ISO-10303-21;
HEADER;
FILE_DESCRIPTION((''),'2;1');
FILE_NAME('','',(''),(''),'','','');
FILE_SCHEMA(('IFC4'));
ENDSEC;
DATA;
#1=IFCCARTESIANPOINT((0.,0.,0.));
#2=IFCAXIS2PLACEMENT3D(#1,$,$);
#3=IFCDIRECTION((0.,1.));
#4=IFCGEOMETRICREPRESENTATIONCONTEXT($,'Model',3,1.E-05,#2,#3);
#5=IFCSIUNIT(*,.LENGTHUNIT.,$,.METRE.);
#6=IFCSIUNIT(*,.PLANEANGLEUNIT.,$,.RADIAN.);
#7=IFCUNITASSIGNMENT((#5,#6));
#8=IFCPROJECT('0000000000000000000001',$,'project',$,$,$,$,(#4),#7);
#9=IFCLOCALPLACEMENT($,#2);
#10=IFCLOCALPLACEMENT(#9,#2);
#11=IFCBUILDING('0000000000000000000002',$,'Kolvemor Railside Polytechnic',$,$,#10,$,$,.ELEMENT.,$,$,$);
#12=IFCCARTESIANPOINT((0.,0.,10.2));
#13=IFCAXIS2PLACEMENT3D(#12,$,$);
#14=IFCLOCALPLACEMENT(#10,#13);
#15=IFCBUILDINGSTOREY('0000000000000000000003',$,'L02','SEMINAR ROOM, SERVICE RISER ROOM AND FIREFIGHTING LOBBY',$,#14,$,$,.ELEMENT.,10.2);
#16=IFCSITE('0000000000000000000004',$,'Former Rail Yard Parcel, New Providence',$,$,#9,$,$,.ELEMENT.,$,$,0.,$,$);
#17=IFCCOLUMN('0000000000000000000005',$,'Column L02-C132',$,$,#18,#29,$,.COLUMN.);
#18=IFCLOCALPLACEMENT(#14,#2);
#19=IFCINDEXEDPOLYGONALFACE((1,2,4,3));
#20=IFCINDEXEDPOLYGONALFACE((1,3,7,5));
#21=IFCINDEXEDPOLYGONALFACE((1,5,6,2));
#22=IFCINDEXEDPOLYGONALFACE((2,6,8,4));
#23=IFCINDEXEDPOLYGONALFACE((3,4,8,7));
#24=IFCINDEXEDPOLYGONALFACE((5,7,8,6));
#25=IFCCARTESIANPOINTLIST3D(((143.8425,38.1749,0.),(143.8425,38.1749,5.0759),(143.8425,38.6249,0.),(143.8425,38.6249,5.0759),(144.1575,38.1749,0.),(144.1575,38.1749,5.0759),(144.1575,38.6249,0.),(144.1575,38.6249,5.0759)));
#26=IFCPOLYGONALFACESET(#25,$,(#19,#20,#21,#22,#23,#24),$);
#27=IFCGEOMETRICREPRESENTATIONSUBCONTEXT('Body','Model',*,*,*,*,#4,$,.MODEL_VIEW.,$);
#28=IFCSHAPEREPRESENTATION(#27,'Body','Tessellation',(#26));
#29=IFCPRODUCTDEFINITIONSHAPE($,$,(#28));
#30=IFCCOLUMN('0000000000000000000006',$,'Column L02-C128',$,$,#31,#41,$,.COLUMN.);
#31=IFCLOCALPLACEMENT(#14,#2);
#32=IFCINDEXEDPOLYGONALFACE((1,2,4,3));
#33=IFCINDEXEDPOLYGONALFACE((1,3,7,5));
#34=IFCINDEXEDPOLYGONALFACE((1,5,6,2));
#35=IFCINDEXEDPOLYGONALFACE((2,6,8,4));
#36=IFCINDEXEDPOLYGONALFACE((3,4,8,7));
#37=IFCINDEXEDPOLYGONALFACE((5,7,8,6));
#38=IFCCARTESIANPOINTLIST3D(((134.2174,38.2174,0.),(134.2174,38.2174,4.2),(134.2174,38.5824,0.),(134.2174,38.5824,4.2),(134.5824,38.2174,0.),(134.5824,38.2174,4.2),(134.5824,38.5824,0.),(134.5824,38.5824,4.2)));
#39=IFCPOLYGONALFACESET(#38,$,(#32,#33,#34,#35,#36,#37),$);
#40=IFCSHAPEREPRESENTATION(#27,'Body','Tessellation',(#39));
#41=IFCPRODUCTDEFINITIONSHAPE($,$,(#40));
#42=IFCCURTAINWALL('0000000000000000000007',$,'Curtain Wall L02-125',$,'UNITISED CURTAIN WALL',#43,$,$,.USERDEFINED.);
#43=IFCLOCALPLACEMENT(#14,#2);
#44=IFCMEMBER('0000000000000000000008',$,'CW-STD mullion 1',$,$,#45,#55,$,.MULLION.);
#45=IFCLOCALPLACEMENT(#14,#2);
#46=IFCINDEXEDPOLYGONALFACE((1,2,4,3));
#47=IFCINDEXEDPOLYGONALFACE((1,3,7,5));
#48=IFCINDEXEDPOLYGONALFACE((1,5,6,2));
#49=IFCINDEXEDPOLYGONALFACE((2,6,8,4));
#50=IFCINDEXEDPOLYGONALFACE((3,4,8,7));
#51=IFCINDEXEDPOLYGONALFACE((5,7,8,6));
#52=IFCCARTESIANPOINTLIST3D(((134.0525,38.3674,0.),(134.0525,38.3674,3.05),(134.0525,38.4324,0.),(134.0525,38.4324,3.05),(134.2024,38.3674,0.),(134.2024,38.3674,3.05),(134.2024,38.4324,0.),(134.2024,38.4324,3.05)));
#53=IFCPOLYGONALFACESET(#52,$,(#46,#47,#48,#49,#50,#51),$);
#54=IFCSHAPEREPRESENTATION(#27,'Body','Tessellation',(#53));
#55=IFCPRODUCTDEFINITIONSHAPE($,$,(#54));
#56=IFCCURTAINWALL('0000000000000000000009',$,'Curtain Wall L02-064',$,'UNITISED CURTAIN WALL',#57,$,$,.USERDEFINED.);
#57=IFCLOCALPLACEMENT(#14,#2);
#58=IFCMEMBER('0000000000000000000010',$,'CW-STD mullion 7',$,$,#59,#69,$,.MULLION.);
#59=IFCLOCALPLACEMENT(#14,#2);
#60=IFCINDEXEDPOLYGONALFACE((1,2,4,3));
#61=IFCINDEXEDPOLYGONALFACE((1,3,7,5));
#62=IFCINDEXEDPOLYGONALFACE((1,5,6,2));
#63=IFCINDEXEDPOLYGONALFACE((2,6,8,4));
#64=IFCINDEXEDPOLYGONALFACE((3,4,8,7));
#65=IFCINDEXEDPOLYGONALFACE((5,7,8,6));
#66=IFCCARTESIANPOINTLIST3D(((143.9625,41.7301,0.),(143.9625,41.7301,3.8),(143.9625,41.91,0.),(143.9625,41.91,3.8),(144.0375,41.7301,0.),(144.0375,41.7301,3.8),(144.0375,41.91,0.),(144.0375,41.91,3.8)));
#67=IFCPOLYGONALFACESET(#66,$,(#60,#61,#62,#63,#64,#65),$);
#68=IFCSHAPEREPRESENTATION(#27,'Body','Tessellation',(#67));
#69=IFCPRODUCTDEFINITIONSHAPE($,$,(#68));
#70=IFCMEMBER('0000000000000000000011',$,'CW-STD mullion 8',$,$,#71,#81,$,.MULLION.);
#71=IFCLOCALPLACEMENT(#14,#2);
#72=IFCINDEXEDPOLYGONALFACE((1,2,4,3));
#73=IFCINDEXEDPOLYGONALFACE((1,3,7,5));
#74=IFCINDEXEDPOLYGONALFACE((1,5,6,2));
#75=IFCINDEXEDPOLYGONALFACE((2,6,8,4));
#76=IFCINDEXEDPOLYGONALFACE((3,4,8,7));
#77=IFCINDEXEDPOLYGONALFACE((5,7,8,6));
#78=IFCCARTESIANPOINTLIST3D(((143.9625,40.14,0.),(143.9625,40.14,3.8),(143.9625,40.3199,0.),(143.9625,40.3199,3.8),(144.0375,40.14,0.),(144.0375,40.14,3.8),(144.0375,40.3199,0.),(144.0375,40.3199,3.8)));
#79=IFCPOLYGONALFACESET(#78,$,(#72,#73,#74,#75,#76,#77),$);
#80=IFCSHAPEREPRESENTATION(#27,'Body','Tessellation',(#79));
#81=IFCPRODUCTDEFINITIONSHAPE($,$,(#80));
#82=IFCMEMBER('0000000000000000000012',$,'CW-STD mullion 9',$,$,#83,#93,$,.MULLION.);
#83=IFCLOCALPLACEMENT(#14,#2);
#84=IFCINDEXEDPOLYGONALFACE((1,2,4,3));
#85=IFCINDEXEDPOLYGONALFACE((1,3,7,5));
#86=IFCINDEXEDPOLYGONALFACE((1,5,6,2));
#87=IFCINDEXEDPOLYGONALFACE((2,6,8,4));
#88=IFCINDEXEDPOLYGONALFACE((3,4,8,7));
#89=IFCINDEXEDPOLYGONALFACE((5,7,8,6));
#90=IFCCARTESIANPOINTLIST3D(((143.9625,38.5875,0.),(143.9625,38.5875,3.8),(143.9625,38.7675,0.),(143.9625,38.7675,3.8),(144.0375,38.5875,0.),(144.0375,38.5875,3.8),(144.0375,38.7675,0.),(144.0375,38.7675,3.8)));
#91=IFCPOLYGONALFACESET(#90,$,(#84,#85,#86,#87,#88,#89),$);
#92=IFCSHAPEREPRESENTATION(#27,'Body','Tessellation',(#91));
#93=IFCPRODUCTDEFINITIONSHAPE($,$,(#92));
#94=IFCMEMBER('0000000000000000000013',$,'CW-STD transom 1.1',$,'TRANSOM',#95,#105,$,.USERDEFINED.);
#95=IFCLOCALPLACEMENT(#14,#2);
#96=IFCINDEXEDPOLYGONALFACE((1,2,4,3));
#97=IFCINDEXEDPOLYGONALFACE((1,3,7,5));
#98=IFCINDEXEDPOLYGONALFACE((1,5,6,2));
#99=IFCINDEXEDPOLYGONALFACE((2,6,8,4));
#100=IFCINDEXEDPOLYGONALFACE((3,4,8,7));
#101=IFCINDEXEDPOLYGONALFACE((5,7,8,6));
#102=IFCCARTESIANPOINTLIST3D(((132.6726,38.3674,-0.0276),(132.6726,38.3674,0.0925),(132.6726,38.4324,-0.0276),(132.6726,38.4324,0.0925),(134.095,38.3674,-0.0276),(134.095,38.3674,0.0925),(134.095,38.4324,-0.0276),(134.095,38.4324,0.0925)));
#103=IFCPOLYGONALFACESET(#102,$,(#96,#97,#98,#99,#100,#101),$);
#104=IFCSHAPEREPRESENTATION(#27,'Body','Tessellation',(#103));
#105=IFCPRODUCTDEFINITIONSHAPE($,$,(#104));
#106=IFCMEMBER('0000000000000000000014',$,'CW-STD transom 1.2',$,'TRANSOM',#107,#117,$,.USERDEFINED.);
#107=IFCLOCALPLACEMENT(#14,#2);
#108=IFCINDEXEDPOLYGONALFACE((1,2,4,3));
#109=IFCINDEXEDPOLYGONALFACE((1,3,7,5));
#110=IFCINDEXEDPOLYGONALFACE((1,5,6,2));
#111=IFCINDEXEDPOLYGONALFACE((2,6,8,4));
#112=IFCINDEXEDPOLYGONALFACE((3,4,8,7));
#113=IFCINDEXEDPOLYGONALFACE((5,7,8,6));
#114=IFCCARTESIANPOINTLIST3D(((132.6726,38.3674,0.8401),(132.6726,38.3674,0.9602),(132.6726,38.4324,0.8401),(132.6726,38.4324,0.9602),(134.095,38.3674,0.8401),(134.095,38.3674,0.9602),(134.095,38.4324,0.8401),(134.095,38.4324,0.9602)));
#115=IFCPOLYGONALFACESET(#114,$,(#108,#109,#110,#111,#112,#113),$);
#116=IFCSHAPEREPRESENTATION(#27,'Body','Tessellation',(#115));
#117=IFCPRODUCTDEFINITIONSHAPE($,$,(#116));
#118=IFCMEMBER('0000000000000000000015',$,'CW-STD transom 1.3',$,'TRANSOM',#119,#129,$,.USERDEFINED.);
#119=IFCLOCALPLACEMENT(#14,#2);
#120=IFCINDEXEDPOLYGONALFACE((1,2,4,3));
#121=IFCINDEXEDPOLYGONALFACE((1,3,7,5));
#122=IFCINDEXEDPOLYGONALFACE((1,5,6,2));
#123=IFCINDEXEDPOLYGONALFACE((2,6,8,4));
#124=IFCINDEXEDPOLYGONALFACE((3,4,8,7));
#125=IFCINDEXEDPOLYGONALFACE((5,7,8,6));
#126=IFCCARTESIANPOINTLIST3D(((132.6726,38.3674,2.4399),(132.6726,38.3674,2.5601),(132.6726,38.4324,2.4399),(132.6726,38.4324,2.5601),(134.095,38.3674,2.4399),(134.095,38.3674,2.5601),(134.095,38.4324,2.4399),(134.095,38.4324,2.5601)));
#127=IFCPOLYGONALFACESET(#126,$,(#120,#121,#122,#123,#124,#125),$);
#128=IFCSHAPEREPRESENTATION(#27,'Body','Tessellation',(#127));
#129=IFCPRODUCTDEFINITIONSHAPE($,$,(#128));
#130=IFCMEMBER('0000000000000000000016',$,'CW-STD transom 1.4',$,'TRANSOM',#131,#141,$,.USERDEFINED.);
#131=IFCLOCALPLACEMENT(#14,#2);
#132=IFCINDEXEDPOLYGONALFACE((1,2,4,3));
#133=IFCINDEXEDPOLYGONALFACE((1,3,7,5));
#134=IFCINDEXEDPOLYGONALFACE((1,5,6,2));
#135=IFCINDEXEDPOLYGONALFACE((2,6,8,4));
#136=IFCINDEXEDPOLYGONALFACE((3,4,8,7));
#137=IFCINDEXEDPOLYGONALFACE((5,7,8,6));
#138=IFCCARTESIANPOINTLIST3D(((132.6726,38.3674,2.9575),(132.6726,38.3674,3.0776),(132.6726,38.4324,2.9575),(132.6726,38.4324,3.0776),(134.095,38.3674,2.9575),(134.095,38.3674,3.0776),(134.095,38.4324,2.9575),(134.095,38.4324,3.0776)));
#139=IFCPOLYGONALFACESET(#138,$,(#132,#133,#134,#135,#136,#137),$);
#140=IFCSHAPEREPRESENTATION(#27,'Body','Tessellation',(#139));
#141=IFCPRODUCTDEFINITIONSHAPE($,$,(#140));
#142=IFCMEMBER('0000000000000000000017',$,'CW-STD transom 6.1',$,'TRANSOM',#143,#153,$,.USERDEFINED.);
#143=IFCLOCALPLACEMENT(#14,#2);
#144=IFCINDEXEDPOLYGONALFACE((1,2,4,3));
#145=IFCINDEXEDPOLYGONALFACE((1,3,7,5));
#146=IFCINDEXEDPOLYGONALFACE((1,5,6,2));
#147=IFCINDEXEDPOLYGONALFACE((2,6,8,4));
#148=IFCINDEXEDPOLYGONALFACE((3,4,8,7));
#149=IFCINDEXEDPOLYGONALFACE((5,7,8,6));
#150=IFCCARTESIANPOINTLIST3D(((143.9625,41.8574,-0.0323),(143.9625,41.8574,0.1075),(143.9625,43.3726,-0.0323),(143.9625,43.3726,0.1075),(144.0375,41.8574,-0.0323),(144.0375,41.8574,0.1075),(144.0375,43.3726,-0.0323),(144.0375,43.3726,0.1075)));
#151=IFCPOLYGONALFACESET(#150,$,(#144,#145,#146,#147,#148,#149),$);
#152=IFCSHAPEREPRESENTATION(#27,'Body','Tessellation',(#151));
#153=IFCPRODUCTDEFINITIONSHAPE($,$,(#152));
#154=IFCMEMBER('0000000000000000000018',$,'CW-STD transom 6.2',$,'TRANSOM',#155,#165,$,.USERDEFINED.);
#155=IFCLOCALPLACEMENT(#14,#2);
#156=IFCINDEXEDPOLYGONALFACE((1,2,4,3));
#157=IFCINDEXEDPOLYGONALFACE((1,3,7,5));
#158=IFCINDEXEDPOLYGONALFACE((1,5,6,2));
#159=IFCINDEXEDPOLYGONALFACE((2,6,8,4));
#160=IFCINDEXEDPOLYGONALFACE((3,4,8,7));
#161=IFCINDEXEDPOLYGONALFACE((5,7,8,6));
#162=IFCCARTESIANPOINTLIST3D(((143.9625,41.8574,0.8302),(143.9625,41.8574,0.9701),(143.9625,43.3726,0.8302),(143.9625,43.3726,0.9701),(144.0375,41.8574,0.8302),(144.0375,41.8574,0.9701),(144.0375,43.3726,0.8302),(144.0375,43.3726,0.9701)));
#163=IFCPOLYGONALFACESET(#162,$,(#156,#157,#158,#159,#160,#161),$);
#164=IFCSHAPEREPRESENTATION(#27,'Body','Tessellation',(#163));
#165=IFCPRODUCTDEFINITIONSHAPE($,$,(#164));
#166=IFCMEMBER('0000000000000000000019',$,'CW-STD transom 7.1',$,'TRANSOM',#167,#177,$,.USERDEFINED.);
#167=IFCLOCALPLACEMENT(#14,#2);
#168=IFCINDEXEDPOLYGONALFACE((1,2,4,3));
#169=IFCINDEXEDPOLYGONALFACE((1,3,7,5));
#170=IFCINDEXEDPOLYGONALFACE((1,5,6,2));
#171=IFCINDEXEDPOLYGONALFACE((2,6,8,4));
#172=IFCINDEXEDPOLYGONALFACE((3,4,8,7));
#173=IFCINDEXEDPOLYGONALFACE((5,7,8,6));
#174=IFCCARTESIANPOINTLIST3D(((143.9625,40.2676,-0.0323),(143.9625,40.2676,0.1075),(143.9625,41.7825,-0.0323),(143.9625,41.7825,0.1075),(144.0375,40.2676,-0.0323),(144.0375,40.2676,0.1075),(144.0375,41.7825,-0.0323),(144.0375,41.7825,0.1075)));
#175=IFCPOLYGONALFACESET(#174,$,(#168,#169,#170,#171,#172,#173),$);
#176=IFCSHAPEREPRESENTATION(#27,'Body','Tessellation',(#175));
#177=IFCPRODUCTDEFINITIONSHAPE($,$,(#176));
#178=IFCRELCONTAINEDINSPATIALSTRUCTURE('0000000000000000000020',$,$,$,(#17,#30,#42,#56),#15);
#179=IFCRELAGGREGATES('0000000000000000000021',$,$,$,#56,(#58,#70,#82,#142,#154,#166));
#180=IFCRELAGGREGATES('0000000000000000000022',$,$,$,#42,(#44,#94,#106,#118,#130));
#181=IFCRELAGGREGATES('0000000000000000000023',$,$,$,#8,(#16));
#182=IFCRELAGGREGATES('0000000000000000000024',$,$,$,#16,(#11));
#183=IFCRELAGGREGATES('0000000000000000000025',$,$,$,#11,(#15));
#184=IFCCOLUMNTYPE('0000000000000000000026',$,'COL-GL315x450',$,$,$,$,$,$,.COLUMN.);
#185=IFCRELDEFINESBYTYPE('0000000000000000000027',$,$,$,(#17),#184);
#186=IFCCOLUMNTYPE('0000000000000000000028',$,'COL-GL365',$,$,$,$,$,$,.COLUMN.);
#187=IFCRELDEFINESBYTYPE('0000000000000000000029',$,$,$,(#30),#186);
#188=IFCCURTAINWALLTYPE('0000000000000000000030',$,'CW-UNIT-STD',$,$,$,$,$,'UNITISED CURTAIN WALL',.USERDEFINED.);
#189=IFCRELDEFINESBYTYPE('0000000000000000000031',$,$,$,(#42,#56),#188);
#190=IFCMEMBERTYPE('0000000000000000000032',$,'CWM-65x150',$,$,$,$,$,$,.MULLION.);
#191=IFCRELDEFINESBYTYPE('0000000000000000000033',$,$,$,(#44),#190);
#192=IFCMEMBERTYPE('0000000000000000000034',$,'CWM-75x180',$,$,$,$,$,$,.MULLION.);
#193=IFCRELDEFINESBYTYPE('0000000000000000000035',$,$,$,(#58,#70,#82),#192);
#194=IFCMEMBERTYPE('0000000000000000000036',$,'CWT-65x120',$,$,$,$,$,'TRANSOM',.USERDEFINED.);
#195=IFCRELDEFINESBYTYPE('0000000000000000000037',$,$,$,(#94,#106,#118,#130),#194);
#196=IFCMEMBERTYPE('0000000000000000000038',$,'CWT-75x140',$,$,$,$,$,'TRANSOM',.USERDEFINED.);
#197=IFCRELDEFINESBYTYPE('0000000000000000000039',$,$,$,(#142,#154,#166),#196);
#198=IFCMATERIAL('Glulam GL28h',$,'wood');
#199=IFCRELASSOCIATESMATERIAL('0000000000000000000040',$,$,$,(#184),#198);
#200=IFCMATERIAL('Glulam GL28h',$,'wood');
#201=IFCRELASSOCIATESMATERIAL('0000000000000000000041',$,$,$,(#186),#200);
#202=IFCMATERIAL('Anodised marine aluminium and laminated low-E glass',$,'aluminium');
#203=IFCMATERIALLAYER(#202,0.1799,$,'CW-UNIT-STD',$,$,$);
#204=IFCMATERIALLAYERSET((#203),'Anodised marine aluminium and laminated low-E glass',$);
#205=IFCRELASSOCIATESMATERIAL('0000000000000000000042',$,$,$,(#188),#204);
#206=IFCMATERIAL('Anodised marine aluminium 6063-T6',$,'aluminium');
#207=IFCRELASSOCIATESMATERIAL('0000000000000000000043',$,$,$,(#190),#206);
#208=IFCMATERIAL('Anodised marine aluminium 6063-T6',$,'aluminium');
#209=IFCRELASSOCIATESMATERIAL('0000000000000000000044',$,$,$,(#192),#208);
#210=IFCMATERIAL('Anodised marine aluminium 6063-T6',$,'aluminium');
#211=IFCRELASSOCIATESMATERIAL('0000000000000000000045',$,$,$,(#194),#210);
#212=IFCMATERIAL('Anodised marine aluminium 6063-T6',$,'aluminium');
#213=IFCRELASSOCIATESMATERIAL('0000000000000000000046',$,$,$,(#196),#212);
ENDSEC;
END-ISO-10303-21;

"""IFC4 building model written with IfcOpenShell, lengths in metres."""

from ifc_helpers import new_model, si_unit, direction, frame, origin, origin_2d, place, context, subcontext, project, spatial, rectangle, extrude, material, layer, layer_set, material_profile, profile_set, type_object, element, aggregate, save


model = new_model("IFC4")

# Units and contexts
model_context = context("Model", 3, precision=1e-05, world=origin(), true_north=direction((0.0, 1.0)))
body_context = subcontext(model_context, "Body", "Model", "MODEL_VIEW")
ifc_project = project(units=[si_unit("LENGTHUNIT", "METRE"), si_unit("PLANEANGLEUNIT", "RADIAN")], contexts=[model_context])

# Site, building, storey
site_placement = place(None, origin())
site = spatial("IfcSite", under=ifc_project, at=site_placement, Name="Former Rail Yard Parcel, New Providence", CompositionType="ELEMENT", RefElevation=0.0)
building_placement = place(site_placement, origin())
building = spatial("IfcBuilding", under=site, at=building_placement, Name="Kolvemor Railside Polytechnic", CompositionType="ELEMENT")
storey_placement = place(building_placement, frame((0.0, 0.0, 10.2)))
storey = spatial("IfcBuildingStorey", under=building, at=storey_placement, Name="L02", Description="SEMINAR ROOM, SERVICE RISER ROOM AND FIREFIGHTING LOBBY", CompositionType="ELEMENT", Elevation=10.2)

# Columns
ifc_material_1 = material(Name="Glulam GL28h", Category="wood")
ifc_material_profile_1 = material_profile(ifc_material_1, rectangle(XDim=0.3149, YDim=0.45, at=origin_2d()), Name="GL315x450")
ifc_profile_set_1 = profile_set([ifc_material_profile_1], Name="Glulam GL28h")
column_type_1 = type_object("IfcColumnType", Name="COL-GL315x450", PredefinedType="COLUMN", material=ifc_profile_set_1)
column_1_placement = place(storey_placement, frame((144.0, 38.3999, 0.0), z_axis=(0.0, 0.0, 1.0), x_axis=(1.0, 0.0, 0.0)))
element("IfcColumn", 1, at=column_1_placement, inside=storey, type_object=column_type_1, Name="Column L02-C132", PredefinedType="COLUMN", context=body_context, shape_type="SweptSolid", body=[
    extrude(rectangle(XDim=0.3149, YDim=0.45, at=origin_2d()), origin(), (0.0, 0.0, 1.0), 5.0759),
])
ifc_material_2 = material(Name="Glulam GL28h", Category="wood")
ifc_material_profile_2 = material_profile(ifc_material_2, rectangle(XDim=0.365, YDim=0.365, at=origin_2d()), Name="GL365x365")
ifc_profile_set_2 = profile_set([ifc_material_profile_2], Name="Glulam GL28h")
column_type_2 = type_object("IfcColumnType", Name="COL-GL365", PredefinedType="COLUMN", material=ifc_profile_set_2)
column_2_placement = place(storey_placement, frame((134.3999, 38.3999, 0.0), z_axis=(0.0, 0.0, 1.0), x_axis=(1.0, 0.0, 0.0)))
element("IfcColumn", 2, at=column_2_placement, inside=storey, type_object=column_type_2, Name="Column L02-C128", PredefinedType="COLUMN", context=body_context, shape_type="SweptSolid", body=[
    extrude(rectangle(XDim=0.365, YDim=0.365, at=origin_2d()), origin(), (0.0, 0.0, 1.0), 4.2),
])

# Curtain wall, member
ifc_material_3 = material(Name="Anodised marine aluminium and laminated low-E glass", Category="aluminium")
ifc_layer_1 = layer(ifc_material_3, 0.1799, Name="CW-UNIT-STD")
ifc_layer_set_1 = layer_set([ifc_layer_1], Name="Anodised marine aluminium and laminated low-E glass")
curtain_wall_type = type_object("IfcCurtainWallType", Name="CW-UNIT-STD", ElementType="UNITISED CURTAIN WALL", PredefinedType="USERDEFINED", material=ifc_layer_set_1)
curtain_wall_1_placement = place(storey_placement, origin())
curtain_wall_1 = element("IfcCurtainWall", 3, at=curtain_wall_1_placement, inside=storey, type_object=curtain_wall_type, Name="Curtain Wall L02-125", ObjectType="UNITISED CURTAIN WALL", PredefinedType="USERDEFINED")
ifc_material_4 = material(Name="Anodised marine aluminium 6063-T6", Category="aluminium")
ifc_material_profile_3 = material_profile(ifc_material_4, rectangle(XDim=0.0649, YDim=0.1499, at=origin_2d()), Name="CW-MUL-65x150")
ifc_profile_set_3 = profile_set([ifc_material_profile_3], Name="Anodised marine aluminium 6063-T6")
member_type_1 = type_object("IfcMemberType", Name="CWM-65x150", PredefinedType="MULLION", material=ifc_profile_set_3)
member_1_placement = place(storey_placement, frame((134.1274, 38.3999, 0.0), z_axis=(0.0, 0.0, 1.0), x_axis=(0.0, -1.0, 0.0)))
member_1 = element("IfcMember", 4, at=member_1_placement, type_object=member_type_1, Name="CW-STD mullion 1", PredefinedType="MULLION", context=body_context, shape_type="SweptSolid", body=[
    extrude(rectangle(XDim=0.0649, YDim=0.1499, at=origin_2d()), origin(), (0.0, 0.0, 1.0), 3.05),
])

# Curtain wall, members
curtain_wall_2_placement = place(storey_placement, origin())
curtain_wall_2 = element("IfcCurtainWall", 5, at=curtain_wall_2_placement, inside=storey, type_object=curtain_wall_type, Name="Curtain Wall L02-064", ObjectType="UNITISED CURTAIN WALL", PredefinedType="USERDEFINED")
ifc_material_5 = material(Name="Anodised marine aluminium 6063-T6", Category="aluminium")
ifc_material_profile_4 = material_profile(ifc_material_5, rectangle(XDim=0.075, YDim=0.1799, at=origin_2d()), Name="CW-MUL-75x180")
ifc_profile_set_4 = profile_set([ifc_material_profile_4], Name="Anodised marine aluminium 6063-T6")
member_type_2 = type_object("IfcMemberType", Name="CWM-75x180", PredefinedType="MULLION", material=ifc_profile_set_4)
member_2_placement = place(storey_placement, frame((144.0, 41.8201, 0.0), z_axis=(0.0, 0.0, 1.0), x_axis=(1.0, 0.0, 0.0)))
member_2 = element("IfcMember", 6, at=member_2_placement, type_object=member_type_2, Name="CW-STD mullion 7", PredefinedType="MULLION", context=body_context, shape_type="SweptSolid", body=[
    extrude(rectangle(XDim=0.075, YDim=0.1799, at=origin_2d()), origin(), (0.0, 0.0, 1.0), 3.8),
])
member_3_placement = place(storey_placement, frame((144.0, 40.23, 0.0), z_axis=(0.0, 0.0, 1.0), x_axis=(1.0, 0.0, 0.0)))
member_3 = element("IfcMember", 7, at=member_3_placement, type_object=member_type_2, Name="CW-STD mullion 8", PredefinedType="MULLION", context=body_context, shape_type="SweptSolid", body=[
    extrude(rectangle(XDim=0.075, YDim=0.1799, at=origin_2d()), origin(), (0.0, 0.0, 1.0), 3.8),
])
member_4_placement = place(storey_placement, frame((144.0, 38.6775, 0.0), z_axis=(0.0, 0.0, 1.0), x_axis=(1.0, 0.0, 0.0)))
member_4 = element("IfcMember", 8, at=member_4_placement, type_object=member_type_2, Name="CW-STD mullion 9", PredefinedType="MULLION", context=body_context, shape_type="SweptSolid", body=[
    extrude(rectangle(XDim=0.075, YDim=0.1799, at=origin_2d()), origin(), (0.0, 0.0, 1.0), 3.8),
])

# Members
ifc_material_6 = material(Name="Anodised marine aluminium 6063-T6", Category="aluminium")
ifc_material_profile_5 = material_profile(ifc_material_6, rectangle(XDim=0.0649, YDim=0.1201, at=origin_2d()), Name="CW-TRN-65x120")
ifc_profile_set_5 = profile_set([ifc_material_profile_5], Name="Anodised marine aluminium 6063-T6")
member_type_3 = type_object("IfcMemberType", Name="CWT-65x120", ElementType="TRANSOM", PredefinedType="USERDEFINED", material=ifc_profile_set_5)
member_5_placement = place(storey_placement, frame((134.095, 38.3999, 0.0325), z_axis=(-1.0, 0.0, 0.0), x_axis=(0.0, -1.0, 0.0)))
member_5 = element("IfcMember", 9, at=member_5_placement, type_object=member_type_3, Name="CW-STD transom 1.1", ObjectType="TRANSOM", PredefinedType="USERDEFINED", context=body_context, shape_type="SweptSolid", body=[
    extrude(rectangle(XDim=0.0649, YDim=0.1201, at=origin_2d()), origin(), (0.0, 0.0, 1.0), 1.4224),
])
member_6_placement = place(storey_placement, frame((134.095, 38.3999, 0.9001), z_axis=(-1.0, 0.0, 0.0), x_axis=(0.0, -1.0, 0.0)))
member_6 = element("IfcMember", 10, at=member_6_placement, type_object=member_type_3, Name="CW-STD transom 1.2", ObjectType="TRANSOM", PredefinedType="USERDEFINED", context=body_context, shape_type="SweptSolid", body=[
    extrude(rectangle(XDim=0.0649, YDim=0.1201, at=origin_2d()), origin(), (0.0, 0.0, 1.0), 1.4224),
])
member_7_placement = place(storey_placement, frame((134.095, 38.3999, 2.5), z_axis=(-1.0, 0.0, 0.0), x_axis=(0.0, -1.0, 0.0)))
member_7 = element("IfcMember", 11, at=member_7_placement, type_object=member_type_3, Name="CW-STD transom 1.3", ObjectType="TRANSOM", PredefinedType="USERDEFINED", context=body_context, shape_type="SweptSolid", body=[
    extrude(rectangle(XDim=0.0649, YDim=0.1201, at=origin_2d()), origin(), (0.0, 0.0, 1.0), 1.4224),
])
member_8_placement = place(storey_placement, frame((134.095, 38.3999, 3.0176), z_axis=(-1.0, 0.0, 0.0), x_axis=(0.0, -1.0, 0.0)))
member_8 = element("IfcMember", 12, at=member_8_placement, type_object=member_type_3, Name="CW-STD transom 1.4", ObjectType="TRANSOM", PredefinedType="USERDEFINED", context=body_context, shape_type="SweptSolid", body=[
    extrude(rectangle(XDim=0.0649, YDim=0.1201, at=origin_2d()), origin(), (0.0, 0.0, 1.0), 1.4224),
])
ifc_material_7 = material(Name="Anodised marine aluminium 6063-T6", Category="aluminium")
ifc_material_profile_6 = material_profile(ifc_material_7, rectangle(XDim=0.075, YDim=0.1399, at=origin_2d()), Name="CW-TRN-75x140")
ifc_profile_set_6 = profile_set([ifc_material_profile_6], Name="Anodised marine aluminium 6063-T6")
member_type_4 = type_object("IfcMemberType", Name="CWT-75x140", ElementType="TRANSOM", PredefinedType="USERDEFINED", material=ifc_profile_set_6)
member_9_placement = place(storey_placement, frame((144.0, 43.3726, 0.0376), z_axis=(0.0, -1.0, 0.0), x_axis=(1.0, 0.0, 0.0)))
member_9 = element("IfcMember", 13, at=member_9_placement, type_object=member_type_4, Name="CW-STD transom 6.1", ObjectType="TRANSOM", PredefinedType="USERDEFINED", context=body_context, shape_type="SweptSolid", body=[
    extrude(rectangle(XDim=0.075, YDim=0.1399, at=origin_2d()), origin(), (0.0, 0.0, 1.0), 1.5151),
])
member_10_placement = place(storey_placement, frame((144.0, 43.3726, 0.9001), z_axis=(0.0, -1.0, 0.0), x_axis=(1.0, 0.0, 0.0)))
member_10 = element("IfcMember", 14, at=member_10_placement, type_object=member_type_4, Name="CW-STD transom 6.2", ObjectType="TRANSOM", PredefinedType="USERDEFINED", context=body_context, shape_type="SweptSolid", body=[
    extrude(rectangle(XDim=0.075, YDim=0.1399, at=origin_2d()), origin(), (0.0, 0.0, 1.0), 1.5151),
])
member_11_placement = place(storey_placement, frame((144.0, 41.7825, 0.0376), z_axis=(0.0, -1.0, 0.0), x_axis=(1.0, 0.0, 0.0)))
member_11 = element("IfcMember", 15, at=member_11_placement, type_object=member_type_4, Name="CW-STD transom 7.1", ObjectType="TRANSOM", PredefinedType="USERDEFINED", context=body_context, shape_type="SweptSolid", body=[
    extrude(rectangle(XDim=0.075, YDim=0.1399, at=origin_2d()), origin(), (0.0, 0.0, 1.0), 1.5149),
])

aggregate(curtain_wall_2, [member_2, member_3, member_4, member_9, member_10, member_11])
aggregate(curtain_wall_1, [member_1, member_5, member_6, member_7, member_8])

save(model, "model.ifc")
